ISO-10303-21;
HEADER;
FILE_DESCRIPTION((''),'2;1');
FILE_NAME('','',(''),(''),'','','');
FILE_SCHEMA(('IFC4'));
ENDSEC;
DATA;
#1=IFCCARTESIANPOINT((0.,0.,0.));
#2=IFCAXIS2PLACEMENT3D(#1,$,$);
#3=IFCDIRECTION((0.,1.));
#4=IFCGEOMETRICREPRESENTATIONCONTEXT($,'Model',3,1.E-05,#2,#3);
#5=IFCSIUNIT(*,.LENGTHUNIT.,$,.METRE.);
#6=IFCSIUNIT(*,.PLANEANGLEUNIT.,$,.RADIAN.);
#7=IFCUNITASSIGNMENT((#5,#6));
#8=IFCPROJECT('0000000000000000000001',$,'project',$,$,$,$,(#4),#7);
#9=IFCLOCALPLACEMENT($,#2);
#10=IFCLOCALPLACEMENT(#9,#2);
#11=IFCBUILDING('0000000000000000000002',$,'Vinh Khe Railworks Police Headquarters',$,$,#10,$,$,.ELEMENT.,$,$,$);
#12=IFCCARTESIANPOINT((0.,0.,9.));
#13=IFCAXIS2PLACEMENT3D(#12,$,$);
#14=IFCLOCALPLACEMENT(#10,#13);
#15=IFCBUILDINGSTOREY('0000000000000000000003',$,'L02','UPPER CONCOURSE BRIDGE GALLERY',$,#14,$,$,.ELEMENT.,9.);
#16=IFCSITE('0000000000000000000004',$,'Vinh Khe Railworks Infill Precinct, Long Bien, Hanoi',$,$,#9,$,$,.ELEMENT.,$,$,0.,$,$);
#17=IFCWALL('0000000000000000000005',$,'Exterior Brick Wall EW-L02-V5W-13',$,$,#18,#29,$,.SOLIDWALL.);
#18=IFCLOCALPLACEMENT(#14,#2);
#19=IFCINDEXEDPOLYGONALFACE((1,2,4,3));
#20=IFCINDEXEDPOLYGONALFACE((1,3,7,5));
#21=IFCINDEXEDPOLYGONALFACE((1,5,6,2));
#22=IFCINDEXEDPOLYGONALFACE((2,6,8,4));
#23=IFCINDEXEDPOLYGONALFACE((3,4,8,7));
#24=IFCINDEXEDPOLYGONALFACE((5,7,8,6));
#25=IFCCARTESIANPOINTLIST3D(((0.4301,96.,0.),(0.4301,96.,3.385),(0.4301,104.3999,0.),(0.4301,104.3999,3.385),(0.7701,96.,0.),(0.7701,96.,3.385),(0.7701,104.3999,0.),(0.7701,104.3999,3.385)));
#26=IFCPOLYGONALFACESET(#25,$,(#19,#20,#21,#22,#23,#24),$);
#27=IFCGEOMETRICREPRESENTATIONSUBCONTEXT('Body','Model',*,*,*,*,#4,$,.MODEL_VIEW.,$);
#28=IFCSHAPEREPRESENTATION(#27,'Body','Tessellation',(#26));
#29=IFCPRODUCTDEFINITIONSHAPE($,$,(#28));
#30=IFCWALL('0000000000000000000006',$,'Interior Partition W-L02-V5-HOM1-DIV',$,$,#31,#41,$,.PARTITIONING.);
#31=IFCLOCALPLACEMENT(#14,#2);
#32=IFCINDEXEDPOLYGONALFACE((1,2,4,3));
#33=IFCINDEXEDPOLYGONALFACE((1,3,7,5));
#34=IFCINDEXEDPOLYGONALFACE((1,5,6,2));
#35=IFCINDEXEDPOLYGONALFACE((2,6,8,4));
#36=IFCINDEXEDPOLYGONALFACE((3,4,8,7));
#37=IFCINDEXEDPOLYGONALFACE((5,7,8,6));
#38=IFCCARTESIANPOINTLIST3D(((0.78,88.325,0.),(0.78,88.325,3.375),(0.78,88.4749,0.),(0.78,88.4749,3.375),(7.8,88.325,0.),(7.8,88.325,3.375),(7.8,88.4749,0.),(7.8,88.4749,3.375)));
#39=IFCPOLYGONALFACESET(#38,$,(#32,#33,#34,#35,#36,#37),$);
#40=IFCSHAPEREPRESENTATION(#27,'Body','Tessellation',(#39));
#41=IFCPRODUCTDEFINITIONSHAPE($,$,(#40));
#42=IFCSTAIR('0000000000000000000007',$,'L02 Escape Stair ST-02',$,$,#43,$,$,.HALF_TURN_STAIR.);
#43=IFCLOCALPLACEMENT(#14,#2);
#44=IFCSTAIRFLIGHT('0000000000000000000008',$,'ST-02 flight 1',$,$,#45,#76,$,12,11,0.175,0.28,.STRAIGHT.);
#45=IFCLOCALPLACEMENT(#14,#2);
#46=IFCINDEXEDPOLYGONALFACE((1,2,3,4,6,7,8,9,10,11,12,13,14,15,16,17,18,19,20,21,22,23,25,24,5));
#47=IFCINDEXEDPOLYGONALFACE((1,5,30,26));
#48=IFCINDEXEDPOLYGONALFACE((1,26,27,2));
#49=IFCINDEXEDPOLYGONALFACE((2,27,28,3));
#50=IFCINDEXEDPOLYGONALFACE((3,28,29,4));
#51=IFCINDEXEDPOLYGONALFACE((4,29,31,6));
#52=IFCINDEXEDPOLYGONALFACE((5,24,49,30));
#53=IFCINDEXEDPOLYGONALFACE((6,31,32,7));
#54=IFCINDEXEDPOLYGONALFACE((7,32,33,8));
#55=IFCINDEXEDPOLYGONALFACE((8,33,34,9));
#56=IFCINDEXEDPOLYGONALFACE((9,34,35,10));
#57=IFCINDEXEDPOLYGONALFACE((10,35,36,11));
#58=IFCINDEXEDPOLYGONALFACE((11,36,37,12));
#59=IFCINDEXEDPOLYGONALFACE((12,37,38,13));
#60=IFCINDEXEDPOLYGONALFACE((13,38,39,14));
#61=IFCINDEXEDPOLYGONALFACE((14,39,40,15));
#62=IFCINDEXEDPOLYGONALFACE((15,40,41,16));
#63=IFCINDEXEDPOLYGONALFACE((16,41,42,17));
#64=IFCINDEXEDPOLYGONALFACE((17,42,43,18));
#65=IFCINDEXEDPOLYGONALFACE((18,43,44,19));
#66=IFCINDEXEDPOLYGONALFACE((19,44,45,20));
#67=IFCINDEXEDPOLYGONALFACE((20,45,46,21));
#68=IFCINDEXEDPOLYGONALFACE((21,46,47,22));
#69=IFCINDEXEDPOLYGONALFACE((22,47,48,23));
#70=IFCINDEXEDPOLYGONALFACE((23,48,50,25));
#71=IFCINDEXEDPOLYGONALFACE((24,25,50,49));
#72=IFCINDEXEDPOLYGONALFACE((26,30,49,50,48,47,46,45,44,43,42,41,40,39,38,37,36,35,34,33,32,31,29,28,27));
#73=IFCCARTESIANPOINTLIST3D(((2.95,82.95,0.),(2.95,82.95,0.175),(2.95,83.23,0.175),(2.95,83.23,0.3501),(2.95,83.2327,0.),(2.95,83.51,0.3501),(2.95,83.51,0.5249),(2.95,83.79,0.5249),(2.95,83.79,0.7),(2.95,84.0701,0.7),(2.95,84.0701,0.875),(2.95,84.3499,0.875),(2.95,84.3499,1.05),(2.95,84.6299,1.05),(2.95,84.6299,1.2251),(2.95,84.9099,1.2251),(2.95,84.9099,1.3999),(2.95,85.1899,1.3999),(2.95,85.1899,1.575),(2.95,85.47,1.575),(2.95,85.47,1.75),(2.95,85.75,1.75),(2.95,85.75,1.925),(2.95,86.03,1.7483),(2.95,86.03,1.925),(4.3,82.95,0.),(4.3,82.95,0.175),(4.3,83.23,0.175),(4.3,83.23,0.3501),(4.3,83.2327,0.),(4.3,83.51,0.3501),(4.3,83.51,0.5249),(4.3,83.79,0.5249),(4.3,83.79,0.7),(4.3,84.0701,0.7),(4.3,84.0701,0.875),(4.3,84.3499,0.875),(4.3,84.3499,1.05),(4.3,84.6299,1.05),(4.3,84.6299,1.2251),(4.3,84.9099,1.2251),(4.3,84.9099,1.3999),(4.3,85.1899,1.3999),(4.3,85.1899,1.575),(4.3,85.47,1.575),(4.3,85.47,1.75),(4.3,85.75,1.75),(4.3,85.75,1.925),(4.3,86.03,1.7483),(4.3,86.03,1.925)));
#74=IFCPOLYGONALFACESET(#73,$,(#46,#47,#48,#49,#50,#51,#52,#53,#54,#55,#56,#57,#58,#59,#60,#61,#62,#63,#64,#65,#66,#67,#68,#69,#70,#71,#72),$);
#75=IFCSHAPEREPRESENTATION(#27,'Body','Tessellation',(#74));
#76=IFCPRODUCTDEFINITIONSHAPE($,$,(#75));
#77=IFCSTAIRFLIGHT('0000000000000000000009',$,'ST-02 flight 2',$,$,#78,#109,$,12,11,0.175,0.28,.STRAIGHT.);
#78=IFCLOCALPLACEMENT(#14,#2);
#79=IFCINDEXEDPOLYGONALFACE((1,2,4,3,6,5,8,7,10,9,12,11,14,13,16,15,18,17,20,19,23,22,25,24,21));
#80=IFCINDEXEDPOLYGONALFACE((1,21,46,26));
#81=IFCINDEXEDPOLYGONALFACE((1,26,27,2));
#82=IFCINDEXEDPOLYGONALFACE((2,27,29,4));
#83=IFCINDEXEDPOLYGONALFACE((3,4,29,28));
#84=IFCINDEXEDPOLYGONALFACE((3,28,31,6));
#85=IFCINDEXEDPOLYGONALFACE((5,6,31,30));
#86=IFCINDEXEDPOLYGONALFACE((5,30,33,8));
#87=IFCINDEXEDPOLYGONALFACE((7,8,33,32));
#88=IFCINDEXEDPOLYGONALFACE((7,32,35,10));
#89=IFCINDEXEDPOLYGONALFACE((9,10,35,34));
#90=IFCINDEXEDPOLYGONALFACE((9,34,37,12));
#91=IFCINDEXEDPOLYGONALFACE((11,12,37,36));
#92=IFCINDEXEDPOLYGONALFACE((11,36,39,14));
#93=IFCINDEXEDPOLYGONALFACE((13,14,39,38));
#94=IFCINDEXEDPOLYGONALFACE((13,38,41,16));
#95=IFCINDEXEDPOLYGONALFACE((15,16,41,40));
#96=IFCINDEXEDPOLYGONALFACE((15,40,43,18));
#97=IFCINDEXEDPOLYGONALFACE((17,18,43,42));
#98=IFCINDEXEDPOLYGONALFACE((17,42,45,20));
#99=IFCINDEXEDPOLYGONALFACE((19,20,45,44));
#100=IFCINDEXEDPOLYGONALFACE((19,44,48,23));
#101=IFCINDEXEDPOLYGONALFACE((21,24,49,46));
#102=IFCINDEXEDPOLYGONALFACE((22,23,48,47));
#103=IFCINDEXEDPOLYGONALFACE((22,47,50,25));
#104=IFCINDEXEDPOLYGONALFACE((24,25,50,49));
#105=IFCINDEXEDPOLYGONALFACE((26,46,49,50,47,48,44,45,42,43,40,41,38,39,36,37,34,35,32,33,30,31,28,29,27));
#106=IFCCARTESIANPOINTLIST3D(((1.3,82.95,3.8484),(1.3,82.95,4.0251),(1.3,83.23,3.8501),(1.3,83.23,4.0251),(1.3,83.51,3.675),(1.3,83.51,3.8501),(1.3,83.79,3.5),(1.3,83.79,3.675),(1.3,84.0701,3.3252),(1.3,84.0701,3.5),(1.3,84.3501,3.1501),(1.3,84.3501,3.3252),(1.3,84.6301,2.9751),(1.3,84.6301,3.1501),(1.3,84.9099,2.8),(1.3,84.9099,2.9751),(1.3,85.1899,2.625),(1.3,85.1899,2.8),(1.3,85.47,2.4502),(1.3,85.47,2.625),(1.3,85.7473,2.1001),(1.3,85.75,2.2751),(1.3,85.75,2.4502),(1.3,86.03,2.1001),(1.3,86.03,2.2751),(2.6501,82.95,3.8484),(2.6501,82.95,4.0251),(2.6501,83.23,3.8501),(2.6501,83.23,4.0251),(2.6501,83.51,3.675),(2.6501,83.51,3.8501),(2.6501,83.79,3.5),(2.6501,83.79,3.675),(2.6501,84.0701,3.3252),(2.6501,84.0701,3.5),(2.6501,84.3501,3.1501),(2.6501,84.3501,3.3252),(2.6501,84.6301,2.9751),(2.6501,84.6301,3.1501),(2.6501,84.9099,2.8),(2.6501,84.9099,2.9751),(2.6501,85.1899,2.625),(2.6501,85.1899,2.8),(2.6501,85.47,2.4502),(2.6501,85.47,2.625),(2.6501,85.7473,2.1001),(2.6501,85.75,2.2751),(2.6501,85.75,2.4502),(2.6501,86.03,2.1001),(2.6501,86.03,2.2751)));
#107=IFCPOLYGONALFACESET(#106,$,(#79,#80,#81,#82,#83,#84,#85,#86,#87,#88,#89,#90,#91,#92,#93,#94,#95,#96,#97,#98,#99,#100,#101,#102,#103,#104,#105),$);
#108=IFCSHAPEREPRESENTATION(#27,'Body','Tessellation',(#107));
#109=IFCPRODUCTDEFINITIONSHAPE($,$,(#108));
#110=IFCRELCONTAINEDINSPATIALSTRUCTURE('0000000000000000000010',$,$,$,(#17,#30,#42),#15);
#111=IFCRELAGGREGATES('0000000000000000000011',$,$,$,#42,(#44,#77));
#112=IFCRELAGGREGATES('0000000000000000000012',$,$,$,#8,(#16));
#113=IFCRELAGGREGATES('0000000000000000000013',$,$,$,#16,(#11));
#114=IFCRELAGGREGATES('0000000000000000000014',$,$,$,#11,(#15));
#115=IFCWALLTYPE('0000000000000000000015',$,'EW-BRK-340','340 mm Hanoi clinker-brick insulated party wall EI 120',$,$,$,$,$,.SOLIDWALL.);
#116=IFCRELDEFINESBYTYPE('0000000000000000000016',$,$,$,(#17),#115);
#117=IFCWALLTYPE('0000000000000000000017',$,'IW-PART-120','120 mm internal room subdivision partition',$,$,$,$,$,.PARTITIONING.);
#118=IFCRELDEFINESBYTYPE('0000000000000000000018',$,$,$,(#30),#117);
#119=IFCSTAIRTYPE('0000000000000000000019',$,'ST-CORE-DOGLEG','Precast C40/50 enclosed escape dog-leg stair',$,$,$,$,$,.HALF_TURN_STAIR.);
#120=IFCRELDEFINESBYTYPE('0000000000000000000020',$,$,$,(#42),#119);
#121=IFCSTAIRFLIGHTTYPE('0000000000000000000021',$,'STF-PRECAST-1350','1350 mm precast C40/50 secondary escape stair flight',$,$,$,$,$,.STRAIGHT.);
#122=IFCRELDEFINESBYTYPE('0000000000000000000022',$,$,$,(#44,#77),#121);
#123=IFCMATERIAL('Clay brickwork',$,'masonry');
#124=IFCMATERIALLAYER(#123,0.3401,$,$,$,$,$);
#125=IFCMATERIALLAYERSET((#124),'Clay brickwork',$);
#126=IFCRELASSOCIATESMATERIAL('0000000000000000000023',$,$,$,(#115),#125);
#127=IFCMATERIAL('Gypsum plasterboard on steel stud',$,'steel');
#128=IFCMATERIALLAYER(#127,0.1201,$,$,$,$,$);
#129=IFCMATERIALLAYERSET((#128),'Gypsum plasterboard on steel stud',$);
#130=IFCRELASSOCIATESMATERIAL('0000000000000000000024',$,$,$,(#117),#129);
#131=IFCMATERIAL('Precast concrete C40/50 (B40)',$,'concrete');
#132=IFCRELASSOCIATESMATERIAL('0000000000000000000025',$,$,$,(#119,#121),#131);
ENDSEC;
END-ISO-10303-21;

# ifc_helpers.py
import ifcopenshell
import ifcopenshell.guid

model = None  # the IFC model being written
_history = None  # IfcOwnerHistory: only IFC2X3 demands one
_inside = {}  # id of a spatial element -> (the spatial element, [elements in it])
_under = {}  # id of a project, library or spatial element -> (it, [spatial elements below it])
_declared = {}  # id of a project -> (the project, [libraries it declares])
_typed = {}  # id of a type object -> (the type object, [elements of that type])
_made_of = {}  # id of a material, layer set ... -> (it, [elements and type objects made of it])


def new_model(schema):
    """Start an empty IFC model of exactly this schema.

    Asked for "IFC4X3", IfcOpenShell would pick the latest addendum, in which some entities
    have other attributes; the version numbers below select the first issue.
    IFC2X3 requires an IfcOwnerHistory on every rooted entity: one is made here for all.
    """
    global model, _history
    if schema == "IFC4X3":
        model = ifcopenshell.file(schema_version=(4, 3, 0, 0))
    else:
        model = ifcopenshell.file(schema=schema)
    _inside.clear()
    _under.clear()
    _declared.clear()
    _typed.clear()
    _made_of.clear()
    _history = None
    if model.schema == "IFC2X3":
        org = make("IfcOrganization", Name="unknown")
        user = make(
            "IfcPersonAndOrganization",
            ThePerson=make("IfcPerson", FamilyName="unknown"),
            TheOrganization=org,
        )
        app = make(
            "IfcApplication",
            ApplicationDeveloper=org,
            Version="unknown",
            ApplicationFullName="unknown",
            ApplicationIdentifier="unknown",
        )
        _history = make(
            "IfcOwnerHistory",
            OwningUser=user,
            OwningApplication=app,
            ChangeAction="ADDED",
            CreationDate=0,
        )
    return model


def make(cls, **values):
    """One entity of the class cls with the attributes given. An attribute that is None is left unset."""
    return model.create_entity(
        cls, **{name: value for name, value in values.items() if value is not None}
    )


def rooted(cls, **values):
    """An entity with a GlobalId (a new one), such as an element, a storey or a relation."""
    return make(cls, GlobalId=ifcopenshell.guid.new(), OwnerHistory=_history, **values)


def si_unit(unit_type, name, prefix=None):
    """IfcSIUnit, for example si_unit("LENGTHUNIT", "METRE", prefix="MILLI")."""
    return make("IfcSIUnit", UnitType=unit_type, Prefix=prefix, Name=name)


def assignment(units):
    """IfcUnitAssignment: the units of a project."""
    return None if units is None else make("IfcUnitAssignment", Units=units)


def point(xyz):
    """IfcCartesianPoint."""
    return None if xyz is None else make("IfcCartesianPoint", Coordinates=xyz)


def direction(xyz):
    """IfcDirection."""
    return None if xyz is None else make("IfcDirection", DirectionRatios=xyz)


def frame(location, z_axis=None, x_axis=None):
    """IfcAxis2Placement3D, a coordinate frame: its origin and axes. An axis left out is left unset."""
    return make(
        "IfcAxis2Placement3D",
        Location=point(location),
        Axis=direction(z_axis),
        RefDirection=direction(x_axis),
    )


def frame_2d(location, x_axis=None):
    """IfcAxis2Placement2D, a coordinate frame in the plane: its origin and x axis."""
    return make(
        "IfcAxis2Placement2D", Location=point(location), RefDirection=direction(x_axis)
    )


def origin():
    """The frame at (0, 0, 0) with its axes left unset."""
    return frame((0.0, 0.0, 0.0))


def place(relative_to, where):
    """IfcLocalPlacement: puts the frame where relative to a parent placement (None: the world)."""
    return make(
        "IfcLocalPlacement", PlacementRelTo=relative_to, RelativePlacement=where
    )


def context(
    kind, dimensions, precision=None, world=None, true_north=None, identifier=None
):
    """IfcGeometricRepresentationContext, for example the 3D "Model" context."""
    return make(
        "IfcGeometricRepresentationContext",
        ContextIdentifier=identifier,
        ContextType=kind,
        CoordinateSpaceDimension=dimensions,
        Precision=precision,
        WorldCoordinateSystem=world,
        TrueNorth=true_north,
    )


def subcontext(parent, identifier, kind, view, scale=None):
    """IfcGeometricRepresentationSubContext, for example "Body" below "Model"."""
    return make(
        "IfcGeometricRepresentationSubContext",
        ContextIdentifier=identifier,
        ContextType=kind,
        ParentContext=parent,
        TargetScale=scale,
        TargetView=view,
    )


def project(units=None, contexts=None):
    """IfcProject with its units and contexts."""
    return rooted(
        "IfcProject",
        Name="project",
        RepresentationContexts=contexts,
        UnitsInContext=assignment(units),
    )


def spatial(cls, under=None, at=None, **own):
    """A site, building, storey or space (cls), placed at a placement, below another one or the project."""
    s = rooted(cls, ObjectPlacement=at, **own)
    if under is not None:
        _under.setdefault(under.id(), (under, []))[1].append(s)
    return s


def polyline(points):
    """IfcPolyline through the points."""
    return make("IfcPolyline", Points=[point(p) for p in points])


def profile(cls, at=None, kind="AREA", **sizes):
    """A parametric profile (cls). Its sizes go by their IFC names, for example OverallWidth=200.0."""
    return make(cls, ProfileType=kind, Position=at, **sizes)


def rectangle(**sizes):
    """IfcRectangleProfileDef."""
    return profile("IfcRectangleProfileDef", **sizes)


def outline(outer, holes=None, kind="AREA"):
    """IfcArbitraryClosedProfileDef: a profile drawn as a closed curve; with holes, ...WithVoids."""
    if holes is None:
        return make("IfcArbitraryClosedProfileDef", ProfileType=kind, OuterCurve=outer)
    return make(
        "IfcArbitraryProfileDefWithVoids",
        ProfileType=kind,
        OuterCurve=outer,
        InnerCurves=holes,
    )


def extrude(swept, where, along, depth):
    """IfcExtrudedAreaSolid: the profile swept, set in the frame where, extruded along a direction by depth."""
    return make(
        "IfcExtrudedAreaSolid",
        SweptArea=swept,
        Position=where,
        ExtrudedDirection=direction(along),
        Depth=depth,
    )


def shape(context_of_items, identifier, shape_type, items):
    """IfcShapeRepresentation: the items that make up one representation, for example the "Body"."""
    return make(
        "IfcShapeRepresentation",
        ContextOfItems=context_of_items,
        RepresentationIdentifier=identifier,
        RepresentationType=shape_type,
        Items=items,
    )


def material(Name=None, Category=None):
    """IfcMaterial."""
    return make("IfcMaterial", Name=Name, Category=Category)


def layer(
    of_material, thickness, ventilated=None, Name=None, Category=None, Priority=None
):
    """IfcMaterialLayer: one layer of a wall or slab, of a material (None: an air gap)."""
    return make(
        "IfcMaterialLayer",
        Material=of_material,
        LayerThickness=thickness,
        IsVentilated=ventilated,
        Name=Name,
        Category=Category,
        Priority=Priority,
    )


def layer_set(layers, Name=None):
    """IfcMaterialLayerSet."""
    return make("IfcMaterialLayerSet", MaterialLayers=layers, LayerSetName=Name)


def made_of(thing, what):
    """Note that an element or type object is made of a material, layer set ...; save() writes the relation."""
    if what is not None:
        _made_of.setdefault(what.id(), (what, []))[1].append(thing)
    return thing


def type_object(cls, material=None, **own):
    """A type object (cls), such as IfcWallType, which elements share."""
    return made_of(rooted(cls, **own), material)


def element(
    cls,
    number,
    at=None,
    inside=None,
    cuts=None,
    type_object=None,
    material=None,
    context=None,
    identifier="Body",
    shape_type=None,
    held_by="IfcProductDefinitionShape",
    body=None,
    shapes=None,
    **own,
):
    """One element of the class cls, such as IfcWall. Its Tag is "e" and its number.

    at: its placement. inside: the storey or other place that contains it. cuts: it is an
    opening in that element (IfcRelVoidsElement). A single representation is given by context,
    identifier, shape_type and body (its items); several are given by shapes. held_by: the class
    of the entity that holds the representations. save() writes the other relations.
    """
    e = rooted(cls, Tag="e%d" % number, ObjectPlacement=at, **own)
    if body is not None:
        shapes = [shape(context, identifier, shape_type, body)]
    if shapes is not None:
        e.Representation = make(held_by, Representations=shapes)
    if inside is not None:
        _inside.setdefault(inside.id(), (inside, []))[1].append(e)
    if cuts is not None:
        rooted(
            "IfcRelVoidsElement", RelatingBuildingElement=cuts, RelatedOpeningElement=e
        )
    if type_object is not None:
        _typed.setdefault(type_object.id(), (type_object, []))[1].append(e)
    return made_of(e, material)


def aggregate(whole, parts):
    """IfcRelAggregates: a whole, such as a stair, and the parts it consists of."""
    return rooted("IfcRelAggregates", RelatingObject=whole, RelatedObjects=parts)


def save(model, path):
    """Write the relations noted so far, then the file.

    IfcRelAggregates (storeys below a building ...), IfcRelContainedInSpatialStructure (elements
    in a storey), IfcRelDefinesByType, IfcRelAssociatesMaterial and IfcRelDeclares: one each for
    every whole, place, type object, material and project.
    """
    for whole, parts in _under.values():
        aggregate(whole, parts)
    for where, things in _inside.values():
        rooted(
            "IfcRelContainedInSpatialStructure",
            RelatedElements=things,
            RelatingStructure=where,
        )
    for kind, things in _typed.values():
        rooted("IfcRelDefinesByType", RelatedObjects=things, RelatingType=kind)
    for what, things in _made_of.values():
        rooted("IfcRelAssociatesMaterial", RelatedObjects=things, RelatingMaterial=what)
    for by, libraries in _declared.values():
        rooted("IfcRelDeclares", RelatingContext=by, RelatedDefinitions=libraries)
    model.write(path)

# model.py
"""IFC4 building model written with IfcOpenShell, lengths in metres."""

from ifc_helpers import new_model, si_unit, direction, frame, frame_2d, origin, place, context, subcontext, project, spatial, polyline, rectangle, outline, extrude, material, layer, layer_set, type_object, element, aggregate, save


model = new_model("IFC4")

# Units and contexts
model_context = context("Model", 3, precision=1e-05, world=origin(), true_north=direction((0.0, 1.0)))
body_context = subcontext(model_context, "Body", "Model", "MODEL_VIEW")
ifc_project = project(units=[si_unit("LENGTHUNIT", "METRE"), si_unit("PLANEANGLEUNIT", "RADIAN")], contexts=[model_context])

# Site, building, storey
site_placement = place(None, origin())
site = spatial("IfcSite", under=ifc_project, at=site_placement, Name="Vinh Khe Railworks Infill Precinct, Long Bien, Hanoi", CompositionType="ELEMENT", RefElevation=0.0)
building_placement = place(site_placement, origin())
building = spatial("IfcBuilding", under=site, at=building_placement, Name="Vinh Khe Railworks Police Headquarters", CompositionType="ELEMENT")
storey_placement = place(building_placement, frame((0.0, 0.0, 9.0)))
storey = spatial("IfcBuildingStorey", under=building, at=storey_placement, Name="L02", Description="UPPER CONCOURSE BRIDGE GALLERY", CompositionType="ELEMENT", Elevation=9.0)

# Walls
ifc_material_1 = material(Name="Clay brickwork", Category="masonry")
ifc_layer_1 = layer(ifc_material_1, 0.3401)
ifc_layer_set_1 = layer_set([ifc_layer_1], Name="Clay brickwork")
wall_type_1 = type_object("IfcWallType", Name="EW-BRK-340", Description="340 mm Hanoi clinker-brick insulated party wall EI 120", PredefinedType="SOLIDWALL", material=ifc_layer_set_1)
wall_1_placement = place(storey_placement, frame((0.6001, 96.0, 0.0), z_axis=(0.0, 0.0, 1.0), x_axis=(0.0, 1.0, 0.0)))
element("IfcWall", 1, at=wall_1_placement, inside=storey, type_object=wall_type_1, Name="Exterior Brick Wall EW-L02-V5W-13", PredefinedType="SOLIDWALL", context=body_context, shape_type="SweptSolid", body=[
    extrude(rectangle(XDim=8.3999, YDim=0.3401, at=frame_2d((4.2, 0.0))), origin(), (0.0, 0.0, 1.0), 3.385),
])
ifc_material_2 = material(Name="Gypsum plasterboard on steel stud", Category="steel")
ifc_layer_2 = layer(ifc_material_2, 0.1201)
ifc_layer_set_2 = layer_set([ifc_layer_2], Name="Gypsum plasterboard on steel stud")
wall_type_2 = type_object("IfcWallType", Name="IW-PART-120", Description="120 mm internal room subdivision partition", PredefinedType="PARTITIONING", material=ifc_layer_set_2)
wall_2_placement = place(storey_placement, frame((0.78, 88.3999, 0.0), z_axis=(0.0, 0.0, 1.0), x_axis=(1.0, 0.0, 0.0)))
element("IfcWall", 2, at=wall_2_placement, inside=storey, type_object=wall_type_2, Name="Interior Partition W-L02-V5-HOM1-DIV", PredefinedType="PARTITIONING", context=body_context, shape_type="SweptSolid", body=[
    extrude(rectangle(XDim=7.02, YDim=0.1499, at=frame_2d((3.51, 0.0))), origin(), (0.0, 0.0, 1.0), 3.375),
])

# Stair, stair flights
ifc_material_3 = material(Name="Precast concrete C40/50 (B40)", Category="concrete")
stair_type = type_object("IfcStairType", Name="ST-CORE-DOGLEG", Description="Precast C40/50 enclosed escape dog-leg stair", PredefinedType="HALF_TURN_STAIR", material=ifc_material_3)
stair_placement = place(storey_placement, origin())
stair = element("IfcStair", 3, at=stair_placement, inside=storey, type_object=stair_type, Name="L02 Escape Stair ST-02", PredefinedType="HALF_TURN_STAIR")
stair_flight_type = type_object("IfcStairFlightType", Name="STF-PRECAST-1350", Description="1350 mm precast C40/50 secondary escape stair flight", PredefinedType="STRAIGHT", material=ifc_material_3)
stair_flight_1_placement = place(storey_placement, frame((3.625, 82.95, 0.0), z_axis=(0.0, 0.0, 1.0), x_axis=(0.0, 1.0, 0.0)))
stair_flight_1 = element("IfcStairFlight", 4, at=stair_flight_1_placement, type_object=stair_flight_type, Name="ST-02 flight 1", NumberOfRisers=12, NumberOfTreads=11, PredefinedType="STRAIGHT", RiserHeight=0.175, TreadLength=0.28, context=body_context, shape_type="SweptSolid", body=[
    extrude(outline(polyline([(0.0, 0.0), (0.0, 0.175), (0.28, 0.175), (0.28, 0.3501), (0.5601, 0.3501), (0.5601, 0.5249), (0.8401, 0.5249), (0.8401, 0.7), (1.1201, 0.7), (1.1201, 0.875), (1.3999, 0.875), (1.3999, 1.05), (1.6799, 1.05), (1.6799, 1.2251), (1.96, 1.2251), (1.96, 1.3999), (2.24, 1.3999), (2.24, 1.575), (2.52, 1.575), (2.52, 1.75), (2.8, 1.75), (2.8, 1.925), (3.0801, 1.925), (3.0801, 2.1001), (3.0801, 1.7483), (0.2827, 0.0), (0.0, 0.0)])), frame((0.0, 0.675, 0.0), z_axis=(0.0, -1.0, 0.0), x_axis=(1.0, 0.0, 0.0)), (0.0, 0.0, 1.0), 1.3501),
])
stair_flight_2_placement = place(storey_placement, frame((1.9751, 86.03, 2.1001), z_axis=(0.0, 0.0, 1.0), x_axis=(0.0, -1.0, 0.0)))
stair_flight_2 = element("IfcStairFlight", 5, at=stair_flight_2_placement, type_object=stair_flight_type, Name="ST-02 flight 2", NumberOfRisers=12, NumberOfTreads=11, PredefinedType="STRAIGHT", RiserHeight=0.175, TreadLength=0.28, context=body_context, shape_type="SweptSolid", body=[
    extrude(outline(polyline([(0.0, 0.0), (0.0, 0.175), (0.28, 0.175), (0.28, 0.3501), (0.5601, 0.3501), (0.5601, 0.5249), (0.8401, 0.5249), (0.8401, 0.7), (1.1201, 0.7), (1.1201, 0.875), (1.3999, 0.875), (1.3999, 1.05), (1.6799, 1.05), (1.6799, 1.2251), (1.96, 1.2251), (1.96, 1.3999), (2.24, 1.3999), (2.24, 1.575), (2.52, 1.575), (2.52, 1.75), (2.8, 1.75), (2.8, 1.925), (3.0801, 1.925), (3.0801, 2.1001), (3.0801, 1.7483), (0.2827, 0.0), (0.0, 0.0)])), frame((0.0, 0.675, 0.0), z_axis=(0.0, -1.0, 0.0), x_axis=(1.0, 0.0, 0.0)), (0.0, 0.0, 1.0), 1.3501),
])
aggregate(stair, [stair_flight_1, stair_flight_2])

save(model, "model.ifc")
